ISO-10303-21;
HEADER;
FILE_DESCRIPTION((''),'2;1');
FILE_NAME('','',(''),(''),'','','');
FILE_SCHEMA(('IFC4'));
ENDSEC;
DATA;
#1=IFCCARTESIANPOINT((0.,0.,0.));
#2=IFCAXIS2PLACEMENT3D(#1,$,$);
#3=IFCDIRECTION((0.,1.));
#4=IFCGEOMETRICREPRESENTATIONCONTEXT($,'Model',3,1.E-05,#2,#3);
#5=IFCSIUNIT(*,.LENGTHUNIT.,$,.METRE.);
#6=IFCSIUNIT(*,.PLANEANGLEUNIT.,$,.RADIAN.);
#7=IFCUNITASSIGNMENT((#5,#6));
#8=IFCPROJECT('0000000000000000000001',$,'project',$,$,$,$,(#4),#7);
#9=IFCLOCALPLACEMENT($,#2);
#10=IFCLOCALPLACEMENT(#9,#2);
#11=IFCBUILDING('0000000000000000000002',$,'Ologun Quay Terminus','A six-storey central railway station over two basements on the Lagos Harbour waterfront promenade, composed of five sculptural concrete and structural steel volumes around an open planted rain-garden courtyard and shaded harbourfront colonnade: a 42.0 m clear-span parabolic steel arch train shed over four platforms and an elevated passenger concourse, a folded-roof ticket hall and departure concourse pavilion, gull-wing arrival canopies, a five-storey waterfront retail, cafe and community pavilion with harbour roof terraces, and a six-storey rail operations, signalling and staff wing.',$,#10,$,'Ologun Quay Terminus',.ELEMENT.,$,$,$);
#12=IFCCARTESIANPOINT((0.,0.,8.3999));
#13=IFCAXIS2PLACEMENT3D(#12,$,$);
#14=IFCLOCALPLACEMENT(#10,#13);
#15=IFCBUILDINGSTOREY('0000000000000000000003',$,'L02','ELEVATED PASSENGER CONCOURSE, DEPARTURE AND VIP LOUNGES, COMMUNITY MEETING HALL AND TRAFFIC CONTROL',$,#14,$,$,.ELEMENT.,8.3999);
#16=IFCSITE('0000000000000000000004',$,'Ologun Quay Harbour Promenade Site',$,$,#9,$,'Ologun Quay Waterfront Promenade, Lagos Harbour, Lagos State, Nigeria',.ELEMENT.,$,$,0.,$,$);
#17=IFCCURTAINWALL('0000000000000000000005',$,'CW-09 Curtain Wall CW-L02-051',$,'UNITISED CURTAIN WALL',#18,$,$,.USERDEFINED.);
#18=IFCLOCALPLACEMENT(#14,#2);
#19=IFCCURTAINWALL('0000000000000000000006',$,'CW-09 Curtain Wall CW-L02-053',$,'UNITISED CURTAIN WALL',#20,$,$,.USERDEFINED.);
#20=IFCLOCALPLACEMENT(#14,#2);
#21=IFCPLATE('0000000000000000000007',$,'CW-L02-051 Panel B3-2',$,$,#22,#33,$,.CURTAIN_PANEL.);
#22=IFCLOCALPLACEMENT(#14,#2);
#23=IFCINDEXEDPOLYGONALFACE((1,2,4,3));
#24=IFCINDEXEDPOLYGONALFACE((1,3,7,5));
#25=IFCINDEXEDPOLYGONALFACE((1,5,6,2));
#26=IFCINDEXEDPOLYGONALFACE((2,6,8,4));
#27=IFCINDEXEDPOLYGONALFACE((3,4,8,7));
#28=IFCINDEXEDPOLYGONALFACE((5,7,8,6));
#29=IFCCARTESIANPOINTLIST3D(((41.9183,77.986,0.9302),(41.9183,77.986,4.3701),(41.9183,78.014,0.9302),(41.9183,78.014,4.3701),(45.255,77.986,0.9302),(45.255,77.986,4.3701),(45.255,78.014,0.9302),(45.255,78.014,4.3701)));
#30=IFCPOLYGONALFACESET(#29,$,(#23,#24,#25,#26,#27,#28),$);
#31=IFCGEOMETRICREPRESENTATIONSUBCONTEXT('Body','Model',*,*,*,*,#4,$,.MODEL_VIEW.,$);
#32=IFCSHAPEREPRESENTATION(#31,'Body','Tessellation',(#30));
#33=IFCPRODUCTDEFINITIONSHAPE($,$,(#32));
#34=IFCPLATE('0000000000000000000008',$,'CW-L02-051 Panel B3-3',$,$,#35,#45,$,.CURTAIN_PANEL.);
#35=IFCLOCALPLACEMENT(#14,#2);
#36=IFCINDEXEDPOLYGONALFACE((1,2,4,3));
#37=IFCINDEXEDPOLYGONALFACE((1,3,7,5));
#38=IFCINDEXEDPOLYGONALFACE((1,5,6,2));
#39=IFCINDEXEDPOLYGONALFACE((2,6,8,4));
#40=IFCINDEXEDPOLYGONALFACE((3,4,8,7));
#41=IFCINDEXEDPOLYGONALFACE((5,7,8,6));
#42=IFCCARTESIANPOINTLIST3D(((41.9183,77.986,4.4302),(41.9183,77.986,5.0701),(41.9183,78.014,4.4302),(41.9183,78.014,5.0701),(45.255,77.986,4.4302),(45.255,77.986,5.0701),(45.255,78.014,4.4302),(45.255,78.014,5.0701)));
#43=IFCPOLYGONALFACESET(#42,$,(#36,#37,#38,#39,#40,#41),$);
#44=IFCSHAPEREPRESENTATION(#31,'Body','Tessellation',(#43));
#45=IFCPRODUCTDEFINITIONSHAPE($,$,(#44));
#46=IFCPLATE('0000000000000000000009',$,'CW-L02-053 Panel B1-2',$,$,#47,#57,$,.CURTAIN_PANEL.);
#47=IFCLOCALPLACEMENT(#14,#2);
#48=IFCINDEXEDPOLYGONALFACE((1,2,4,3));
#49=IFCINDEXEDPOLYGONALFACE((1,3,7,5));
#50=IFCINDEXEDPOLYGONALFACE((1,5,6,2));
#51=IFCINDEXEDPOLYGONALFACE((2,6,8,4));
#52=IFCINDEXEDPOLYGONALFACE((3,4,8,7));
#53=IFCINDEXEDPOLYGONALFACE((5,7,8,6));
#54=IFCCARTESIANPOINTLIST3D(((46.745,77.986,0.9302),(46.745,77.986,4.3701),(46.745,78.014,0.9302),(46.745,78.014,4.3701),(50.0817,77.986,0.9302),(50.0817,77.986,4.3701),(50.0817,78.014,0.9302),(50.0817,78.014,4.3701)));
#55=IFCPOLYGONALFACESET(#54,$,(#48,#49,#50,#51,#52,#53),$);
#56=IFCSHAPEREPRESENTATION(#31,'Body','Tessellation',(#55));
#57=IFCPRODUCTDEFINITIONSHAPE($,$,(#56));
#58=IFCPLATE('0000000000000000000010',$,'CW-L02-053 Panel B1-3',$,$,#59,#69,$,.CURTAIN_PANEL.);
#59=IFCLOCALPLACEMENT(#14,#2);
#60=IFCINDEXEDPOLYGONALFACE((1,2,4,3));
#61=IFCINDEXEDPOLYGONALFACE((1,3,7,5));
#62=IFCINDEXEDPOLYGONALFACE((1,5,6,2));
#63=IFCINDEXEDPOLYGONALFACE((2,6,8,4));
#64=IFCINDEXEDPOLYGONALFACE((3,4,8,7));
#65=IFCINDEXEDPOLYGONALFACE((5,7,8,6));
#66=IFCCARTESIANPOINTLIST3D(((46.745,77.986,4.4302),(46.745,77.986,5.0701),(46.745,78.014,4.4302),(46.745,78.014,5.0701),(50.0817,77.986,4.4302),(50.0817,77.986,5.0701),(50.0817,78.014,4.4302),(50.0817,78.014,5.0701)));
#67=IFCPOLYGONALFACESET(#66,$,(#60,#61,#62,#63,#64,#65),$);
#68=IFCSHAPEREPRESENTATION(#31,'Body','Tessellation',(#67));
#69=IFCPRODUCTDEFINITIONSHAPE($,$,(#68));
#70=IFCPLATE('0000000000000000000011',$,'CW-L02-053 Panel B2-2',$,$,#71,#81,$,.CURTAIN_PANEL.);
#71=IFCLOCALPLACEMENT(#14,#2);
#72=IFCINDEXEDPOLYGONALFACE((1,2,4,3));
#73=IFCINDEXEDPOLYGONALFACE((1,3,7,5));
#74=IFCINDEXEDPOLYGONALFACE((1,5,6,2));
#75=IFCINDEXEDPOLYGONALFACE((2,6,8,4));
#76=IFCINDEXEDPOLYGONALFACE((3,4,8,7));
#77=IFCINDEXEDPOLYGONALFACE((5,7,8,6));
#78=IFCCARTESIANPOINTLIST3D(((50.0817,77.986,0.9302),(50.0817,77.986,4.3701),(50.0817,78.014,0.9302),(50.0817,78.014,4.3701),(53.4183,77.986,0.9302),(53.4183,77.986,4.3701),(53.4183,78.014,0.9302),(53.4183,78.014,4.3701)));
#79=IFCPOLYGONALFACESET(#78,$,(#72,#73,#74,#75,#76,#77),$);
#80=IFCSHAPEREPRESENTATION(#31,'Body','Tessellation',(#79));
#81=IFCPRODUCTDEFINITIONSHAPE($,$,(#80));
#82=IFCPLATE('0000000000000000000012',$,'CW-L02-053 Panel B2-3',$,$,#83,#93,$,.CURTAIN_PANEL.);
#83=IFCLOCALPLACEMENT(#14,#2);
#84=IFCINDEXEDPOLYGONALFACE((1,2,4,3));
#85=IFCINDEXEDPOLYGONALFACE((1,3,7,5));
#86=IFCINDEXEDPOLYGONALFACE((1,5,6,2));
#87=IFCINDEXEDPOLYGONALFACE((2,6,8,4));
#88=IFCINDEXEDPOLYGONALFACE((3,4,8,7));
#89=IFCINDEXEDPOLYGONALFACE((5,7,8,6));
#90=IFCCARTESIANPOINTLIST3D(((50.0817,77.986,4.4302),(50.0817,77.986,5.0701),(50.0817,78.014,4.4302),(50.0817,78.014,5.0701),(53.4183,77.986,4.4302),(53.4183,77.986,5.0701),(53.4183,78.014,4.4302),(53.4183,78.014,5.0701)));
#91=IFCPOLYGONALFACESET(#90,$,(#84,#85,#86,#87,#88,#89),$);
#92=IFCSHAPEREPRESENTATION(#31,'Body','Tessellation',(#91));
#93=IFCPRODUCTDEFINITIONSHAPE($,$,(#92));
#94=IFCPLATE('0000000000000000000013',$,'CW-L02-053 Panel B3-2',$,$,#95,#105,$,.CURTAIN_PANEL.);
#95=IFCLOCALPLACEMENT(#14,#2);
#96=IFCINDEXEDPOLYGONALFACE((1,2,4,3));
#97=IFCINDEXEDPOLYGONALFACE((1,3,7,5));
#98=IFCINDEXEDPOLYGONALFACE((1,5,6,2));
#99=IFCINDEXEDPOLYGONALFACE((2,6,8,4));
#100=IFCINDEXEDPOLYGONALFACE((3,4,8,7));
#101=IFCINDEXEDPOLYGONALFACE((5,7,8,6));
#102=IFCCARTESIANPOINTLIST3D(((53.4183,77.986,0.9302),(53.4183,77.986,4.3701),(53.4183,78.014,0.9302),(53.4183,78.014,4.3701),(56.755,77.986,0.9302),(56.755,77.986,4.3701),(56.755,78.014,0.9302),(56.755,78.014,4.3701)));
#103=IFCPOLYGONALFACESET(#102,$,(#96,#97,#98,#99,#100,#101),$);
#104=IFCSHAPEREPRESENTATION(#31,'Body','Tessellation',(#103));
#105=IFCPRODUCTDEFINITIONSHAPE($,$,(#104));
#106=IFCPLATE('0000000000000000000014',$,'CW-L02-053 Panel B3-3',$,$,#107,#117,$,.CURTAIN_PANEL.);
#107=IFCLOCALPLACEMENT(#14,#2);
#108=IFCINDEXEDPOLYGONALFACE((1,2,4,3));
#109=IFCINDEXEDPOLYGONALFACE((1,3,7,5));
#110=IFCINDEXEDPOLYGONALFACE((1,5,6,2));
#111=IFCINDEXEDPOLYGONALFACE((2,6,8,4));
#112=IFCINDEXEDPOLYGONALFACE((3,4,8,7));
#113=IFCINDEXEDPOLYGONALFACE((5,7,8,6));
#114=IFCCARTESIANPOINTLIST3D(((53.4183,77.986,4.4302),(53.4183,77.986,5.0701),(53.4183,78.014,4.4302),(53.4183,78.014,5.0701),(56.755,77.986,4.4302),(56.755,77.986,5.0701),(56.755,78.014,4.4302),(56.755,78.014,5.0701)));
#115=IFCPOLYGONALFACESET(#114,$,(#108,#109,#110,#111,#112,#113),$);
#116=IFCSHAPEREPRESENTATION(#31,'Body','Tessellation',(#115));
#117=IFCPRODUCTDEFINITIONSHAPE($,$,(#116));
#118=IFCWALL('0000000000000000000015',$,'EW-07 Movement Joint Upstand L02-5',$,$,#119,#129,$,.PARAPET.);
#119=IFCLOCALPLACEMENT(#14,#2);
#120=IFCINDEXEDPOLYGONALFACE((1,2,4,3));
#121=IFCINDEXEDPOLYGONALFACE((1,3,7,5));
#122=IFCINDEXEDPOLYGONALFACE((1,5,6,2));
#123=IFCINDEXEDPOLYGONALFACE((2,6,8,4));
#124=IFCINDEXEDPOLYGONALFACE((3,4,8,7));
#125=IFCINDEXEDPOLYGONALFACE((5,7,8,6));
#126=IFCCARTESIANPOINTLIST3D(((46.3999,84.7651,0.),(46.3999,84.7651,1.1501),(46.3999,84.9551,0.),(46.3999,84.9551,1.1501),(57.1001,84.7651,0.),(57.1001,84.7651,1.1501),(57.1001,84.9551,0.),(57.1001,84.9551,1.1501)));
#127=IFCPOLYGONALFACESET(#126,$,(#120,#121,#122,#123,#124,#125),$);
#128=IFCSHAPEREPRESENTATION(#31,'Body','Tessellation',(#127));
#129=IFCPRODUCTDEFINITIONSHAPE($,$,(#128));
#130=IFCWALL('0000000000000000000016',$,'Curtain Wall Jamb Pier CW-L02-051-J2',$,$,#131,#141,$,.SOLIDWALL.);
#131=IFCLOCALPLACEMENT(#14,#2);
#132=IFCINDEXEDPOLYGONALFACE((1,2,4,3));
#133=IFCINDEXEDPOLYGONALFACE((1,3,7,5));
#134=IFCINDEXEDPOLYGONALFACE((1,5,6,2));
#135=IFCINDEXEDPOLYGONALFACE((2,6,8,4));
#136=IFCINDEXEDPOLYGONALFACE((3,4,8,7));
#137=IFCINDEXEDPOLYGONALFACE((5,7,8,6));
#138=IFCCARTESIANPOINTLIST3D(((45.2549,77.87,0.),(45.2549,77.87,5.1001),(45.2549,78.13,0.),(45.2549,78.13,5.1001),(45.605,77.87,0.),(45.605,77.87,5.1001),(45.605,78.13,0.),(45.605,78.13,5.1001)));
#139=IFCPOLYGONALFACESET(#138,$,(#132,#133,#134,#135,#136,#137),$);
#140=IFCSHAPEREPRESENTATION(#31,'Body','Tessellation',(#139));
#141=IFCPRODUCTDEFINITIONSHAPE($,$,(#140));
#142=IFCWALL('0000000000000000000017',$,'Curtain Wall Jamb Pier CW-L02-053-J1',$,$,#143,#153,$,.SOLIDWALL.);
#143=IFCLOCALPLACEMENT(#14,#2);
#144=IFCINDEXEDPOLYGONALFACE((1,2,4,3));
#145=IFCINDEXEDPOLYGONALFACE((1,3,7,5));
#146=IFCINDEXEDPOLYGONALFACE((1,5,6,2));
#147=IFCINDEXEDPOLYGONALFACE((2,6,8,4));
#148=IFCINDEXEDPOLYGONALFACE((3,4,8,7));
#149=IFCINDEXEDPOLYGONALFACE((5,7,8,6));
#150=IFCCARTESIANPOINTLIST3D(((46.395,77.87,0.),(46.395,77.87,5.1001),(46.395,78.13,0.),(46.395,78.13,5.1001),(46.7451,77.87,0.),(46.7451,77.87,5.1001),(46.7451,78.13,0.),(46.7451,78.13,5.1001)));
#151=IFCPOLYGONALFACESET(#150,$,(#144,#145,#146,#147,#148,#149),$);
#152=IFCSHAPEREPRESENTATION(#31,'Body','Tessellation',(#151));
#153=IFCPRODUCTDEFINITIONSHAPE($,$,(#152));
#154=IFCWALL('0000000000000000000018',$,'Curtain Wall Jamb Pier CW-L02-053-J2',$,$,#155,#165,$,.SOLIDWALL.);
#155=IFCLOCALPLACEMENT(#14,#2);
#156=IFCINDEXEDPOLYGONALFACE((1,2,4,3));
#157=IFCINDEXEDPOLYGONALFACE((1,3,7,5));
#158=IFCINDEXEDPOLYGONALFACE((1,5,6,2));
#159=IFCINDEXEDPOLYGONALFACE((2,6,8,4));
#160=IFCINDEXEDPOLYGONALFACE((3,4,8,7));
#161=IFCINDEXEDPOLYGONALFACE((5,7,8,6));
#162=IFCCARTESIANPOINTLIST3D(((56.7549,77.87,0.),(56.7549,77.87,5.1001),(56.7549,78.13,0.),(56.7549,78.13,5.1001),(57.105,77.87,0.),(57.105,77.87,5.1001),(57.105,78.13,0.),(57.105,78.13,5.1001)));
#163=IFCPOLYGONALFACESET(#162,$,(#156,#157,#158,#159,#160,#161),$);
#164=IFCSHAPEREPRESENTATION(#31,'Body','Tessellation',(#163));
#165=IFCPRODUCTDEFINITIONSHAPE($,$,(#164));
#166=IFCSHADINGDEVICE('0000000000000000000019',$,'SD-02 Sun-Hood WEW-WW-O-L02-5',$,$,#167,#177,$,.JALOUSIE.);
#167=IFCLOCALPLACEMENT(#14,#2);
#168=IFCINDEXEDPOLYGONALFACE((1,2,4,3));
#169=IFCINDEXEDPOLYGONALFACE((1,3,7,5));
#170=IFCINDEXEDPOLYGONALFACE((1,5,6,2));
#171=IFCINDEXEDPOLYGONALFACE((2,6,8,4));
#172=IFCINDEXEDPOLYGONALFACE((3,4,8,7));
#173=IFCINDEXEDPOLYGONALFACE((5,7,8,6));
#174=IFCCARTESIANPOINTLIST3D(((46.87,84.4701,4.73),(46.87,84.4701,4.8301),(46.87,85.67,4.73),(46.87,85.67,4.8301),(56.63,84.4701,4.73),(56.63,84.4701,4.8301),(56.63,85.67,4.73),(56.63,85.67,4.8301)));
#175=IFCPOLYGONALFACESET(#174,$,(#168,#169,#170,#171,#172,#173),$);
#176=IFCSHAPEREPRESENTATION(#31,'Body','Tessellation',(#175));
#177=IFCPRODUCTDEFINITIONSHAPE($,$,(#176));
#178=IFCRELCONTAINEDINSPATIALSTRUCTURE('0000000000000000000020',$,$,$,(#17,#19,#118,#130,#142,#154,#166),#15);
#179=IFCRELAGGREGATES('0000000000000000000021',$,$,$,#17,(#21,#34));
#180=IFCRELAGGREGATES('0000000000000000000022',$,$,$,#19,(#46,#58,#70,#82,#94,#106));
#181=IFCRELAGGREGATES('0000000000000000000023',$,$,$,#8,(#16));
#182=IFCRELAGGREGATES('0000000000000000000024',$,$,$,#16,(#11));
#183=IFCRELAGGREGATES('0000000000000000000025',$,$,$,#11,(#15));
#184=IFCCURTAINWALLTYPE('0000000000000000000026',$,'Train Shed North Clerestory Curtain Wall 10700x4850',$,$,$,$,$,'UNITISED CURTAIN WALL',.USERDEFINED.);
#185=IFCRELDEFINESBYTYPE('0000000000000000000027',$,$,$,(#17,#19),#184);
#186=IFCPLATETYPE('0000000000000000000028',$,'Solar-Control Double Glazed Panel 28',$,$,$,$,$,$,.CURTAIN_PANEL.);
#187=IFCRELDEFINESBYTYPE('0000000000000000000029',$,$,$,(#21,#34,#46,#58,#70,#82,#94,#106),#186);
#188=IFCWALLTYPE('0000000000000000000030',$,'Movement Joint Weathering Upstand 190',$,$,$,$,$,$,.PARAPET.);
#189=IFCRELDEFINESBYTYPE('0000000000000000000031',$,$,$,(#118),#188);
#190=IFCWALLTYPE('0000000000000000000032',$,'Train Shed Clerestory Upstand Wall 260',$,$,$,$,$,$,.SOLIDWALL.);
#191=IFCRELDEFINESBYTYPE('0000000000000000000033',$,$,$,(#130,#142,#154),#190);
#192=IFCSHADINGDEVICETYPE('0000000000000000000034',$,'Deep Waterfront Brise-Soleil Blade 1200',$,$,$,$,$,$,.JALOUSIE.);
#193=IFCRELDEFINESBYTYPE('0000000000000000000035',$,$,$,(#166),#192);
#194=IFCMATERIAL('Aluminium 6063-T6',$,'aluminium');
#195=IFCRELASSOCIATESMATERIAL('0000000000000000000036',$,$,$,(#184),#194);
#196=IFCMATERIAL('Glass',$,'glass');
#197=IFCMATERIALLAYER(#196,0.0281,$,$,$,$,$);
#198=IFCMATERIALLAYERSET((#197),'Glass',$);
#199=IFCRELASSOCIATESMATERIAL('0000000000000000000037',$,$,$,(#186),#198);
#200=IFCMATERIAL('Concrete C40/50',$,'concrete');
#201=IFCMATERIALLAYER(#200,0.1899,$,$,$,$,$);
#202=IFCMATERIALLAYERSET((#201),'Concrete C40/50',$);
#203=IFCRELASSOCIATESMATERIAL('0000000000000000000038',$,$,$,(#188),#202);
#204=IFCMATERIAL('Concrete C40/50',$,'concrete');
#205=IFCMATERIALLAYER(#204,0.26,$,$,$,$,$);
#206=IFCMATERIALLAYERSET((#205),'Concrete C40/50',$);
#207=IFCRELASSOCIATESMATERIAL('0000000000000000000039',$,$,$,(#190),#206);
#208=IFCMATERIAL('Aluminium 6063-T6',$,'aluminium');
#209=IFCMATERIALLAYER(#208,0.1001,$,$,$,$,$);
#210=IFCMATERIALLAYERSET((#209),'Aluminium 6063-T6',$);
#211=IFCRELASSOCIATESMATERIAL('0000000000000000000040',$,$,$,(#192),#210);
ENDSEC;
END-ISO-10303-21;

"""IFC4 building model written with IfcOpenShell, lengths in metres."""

from ifc_helpers import new_model, si_unit, direction, frame, frame_2d, origin, origin_2d, place, context, subcontext, project, spatial, rectangle, extrude, material, layer, layer_set, type_object, element, aggregate, save


model = new_model("IFC4")

# Units and contexts
model_context = context("Model", 3, precision=1e-05, world=origin(), true_north=direction((0.0, 1.0)))
body_context = subcontext(model_context, "Body", "Model", "MODEL_VIEW")
ifc_project = project(units=[si_unit("LENGTHUNIT", "METRE"), si_unit("PLANEANGLEUNIT", "RADIAN")], contexts=[model_context])

# Site, building, storey
site_placement = place(None, origin())
site = spatial("IfcSite", under=ifc_project, at=site_placement, Name="Ologun Quay Harbour Promenade Site", LongName="Ologun Quay Waterfront Promenade, Lagos Harbour, Lagos State, Nigeria", CompositionType="ELEMENT", RefElevation=0.0)
building_placement = place(site_placement, origin())
building = spatial("IfcBuilding", under=site, at=building_placement, Name="Ologun Quay Terminus", Description="A six-storey central railway station over two basements on the Lagos Harbour waterfront promenade, composed of five sculptural concrete and structural steel volumes around an open planted rain-garden courtyard and shaded harbourfront colonnade: a 42.0 m clear-span parabolic steel arch train shed over four platforms and an elevated passenger concourse, a folded-roof ticket hall and departure concourse pavilion, gull-wing arrival canopies, a five-storey waterfront retail, cafe and community pavilion with harbour roof terraces, and a six-storey rail operations, signalling and staff wing.", LongName="Ologun Quay Terminus", CompositionType="ELEMENT")
storey_placement = place(building_placement, frame((0.0, 0.0, 8.3999)))
storey = spatial("IfcBuildingStorey", under=building, at=storey_placement, Name="L02", Description="ELEVATED PASSENGER CONCOURSE, DEPARTURE AND VIP LOUNGES, COMMUNITY MEETING HALL AND TRAFFIC CONTROL", CompositionType="ELEMENT", Elevation=8.3999)

# Curtain wall
ifc_material_1 = material(Name="Aluminium 6063-T6", Category="aluminium")
curtain_wall_type = type_object("IfcCurtainWallType", Name="Train Shed North Clerestory Curtain Wall 10700x4850", ElementType="UNITISED CURTAIN WALL", PredefinedType="USERDEFINED", material=ifc_material_1)
curtain_wall_1_placement = place(storey_placement, origin())
curtain_wall_1 = element("IfcCurtainWall", 1, at=curtain_wall_1_placement, inside=storey, type_object=curtain_wall_type, Name="CW-09 Curtain Wall CW-L02-051", ObjectType="UNITISED CURTAIN WALL", PredefinedType="USERDEFINED")

# Curtain wall
curtain_wall_2_placement = place(storey_placement, origin())
curtain_wall_2 = element("IfcCurtainWall", 2, at=curtain_wall_2_placement, inside=storey, type_object=curtain_wall_type, Name="CW-09 Curtain Wall CW-L02-053", ObjectType="UNITISED CURTAIN WALL", PredefinedType="USERDEFINED")

# Plates
ifc_material_2 = material(Name="Glass", Category="glass")
ifc_layer_1 = layer(ifc_material_2, 0.0281)
ifc_layer_set_1 = layer_set([ifc_layer_1], Name="Glass")
plate_type_1 = type_object("IfcPlateType", Name="Solar-Control Double Glazed Panel 28", PredefinedType="CURTAIN_PANEL", material=ifc_layer_set_1)
plate_1_placement = place(storey_placement, frame((43.5867, 78.0, 0.9302), z_axis=(0.0, 0.0, 1.0), x_axis=(1.0, 0.0, 0.0)))
plate_1 = element("IfcPlate", 3, at=plate_1_placement, type_object=plate_type_1, Name="CW-L02-051 Panel B3-2", PredefinedType="CURTAIN_PANEL", context=body_context, shape_type="SweptSolid", body=[
    extrude(rectangle(XDim=3.3367, YDim=0.0281, at=origin_2d()), origin(), (0.0, 0.0, 1.0), 3.4399),
])
plate_2_placement = place(storey_placement, frame((43.5867, 78.0, 4.4302), z_axis=(0.0, 0.0, 1.0), x_axis=(1.0, 0.0, 0.0)))
plate_2 = element("IfcPlate", 4, at=plate_2_placement, type_object=plate_type_1, Name="CW-L02-051 Panel B3-3", PredefinedType="CURTAIN_PANEL", context=body_context, shape_type="SweptSolid", body=[
    extrude(rectangle(XDim=3.3367, YDim=0.0281, at=origin_2d()), origin(), (0.0, 0.0, 1.0), 0.6399),
])
aggregate(curtain_wall_1, [plate_1, plate_2])
plate_3_placement = place(storey_placement, frame((48.4133, 78.0, 0.9302), z_axis=(0.0, 0.0, 1.0), x_axis=(1.0, 0.0, 0.0)))
plate_3 = element("IfcPlate", 5, at=plate_3_placement, type_object=plate_type_1, Name="CW-L02-053 Panel B1-2", PredefinedType="CURTAIN_PANEL", context=body_context, shape_type="SweptSolid", body=[
    extrude(rectangle(XDim=3.3367, YDim=0.0281, at=origin_2d()), origin(), (0.0, 0.0, 1.0), 3.4399),
])
plate_4_placement = place(storey_placement, frame((48.4133, 78.0, 4.4302), z_axis=(0.0, 0.0, 1.0), x_axis=(1.0, 0.0, 0.0)))
plate_4 = element("IfcPlate", 6, at=plate_4_placement, type_object=plate_type_1, Name="CW-L02-053 Panel B1-3", PredefinedType="CURTAIN_PANEL", context=body_context, shape_type="SweptSolid", body=[
    extrude(rectangle(XDim=3.3367, YDim=0.0281, at=origin_2d()), origin(), (0.0, 0.0, 1.0), 0.6399),
])
plate_5_placement = place(storey_placement, frame((51.75, 78.0, 0.9302), z_axis=(0.0, 0.0, 1.0), x_axis=(1.0, 0.0, 0.0)))
plate_5 = element("IfcPlate", 7, at=plate_5_placement, type_object=plate_type_1, Name="CW-L02-053 Panel B2-2", PredefinedType="CURTAIN_PANEL", context=body_context, shape_type="SweptSolid", body=[
    extrude(rectangle(XDim=3.3367, YDim=0.0281, at=origin_2d()), origin(), (0.0, 0.0, 1.0), 3.4399),
])
plate_6_placement = place(storey_placement, frame((51.75, 78.0, 4.4302), z_axis=(0.0, 0.0, 1.0), x_axis=(1.0, 0.0, 0.0)))
plate_6 = element("IfcPlate", 8, at=plate_6_placement, type_object=plate_type_1, Name="CW-L02-053 Panel B2-3", PredefinedType="CURTAIN_PANEL", context=body_context, shape_type="SweptSolid", body=[
    extrude(rectangle(XDim=3.3367, YDim=0.0281, at=origin_2d()), origin(), (0.0, 0.0, 1.0), 0.6399),
])
plate_7_placement = place(storey_placement, frame((55.0867, 78.0, 0.9302), z_axis=(0.0, 0.0, 1.0), x_axis=(1.0, 0.0, 0.0)))
plate_7 = element("IfcPlate", 9, at=plate_7_placement, type_object=plate_type_1, Name="CW-L02-053 Panel B3-2", PredefinedType="CURTAIN_PANEL", context=body_context, shape_type="SweptSolid", body=[
    extrude(rectangle(XDim=3.3367, YDim=0.0281, at=origin_2d()), origin(), (0.0, 0.0, 1.0), 3.4399),
])
plate_8_placement = place(storey_placement, frame((55.0867, 78.0, 4.4302), z_axis=(0.0, 0.0, 1.0), x_axis=(1.0, 0.0, 0.0)))
plate_8 = element("IfcPlate", 10, at=plate_8_placement, type_object=plate_type_1, Name="CW-L02-053 Panel B3-3", PredefinedType="CURTAIN_PANEL", context=body_context, shape_type="SweptSolid", body=[
    extrude(rectangle(XDim=3.3367, YDim=0.0281, at=origin_2d()), origin(), (0.0, 0.0, 1.0), 0.6399),
])
aggregate(curtain_wall_2, [plate_3, plate_4, plate_5, plate_6, plate_7, plate_8])

# Walls
ifc_material_3 = material(Name="Concrete C40/50", Category="concrete")
ifc_layer_2 = layer(ifc_material_3, 0.1899)
ifc_layer_set_2 = layer_set([ifc_layer_2], Name="Concrete C40/50")
wall_type_1 = type_object("IfcWallType", Name="Movement Joint Weathering Upstand 190", PredefinedType="PARAPET", material=ifc_layer_set_2)
wall_placement = place(storey_placement, frame((46.3999, 84.8601, 0.0), z_axis=(0.0, 0.0, 1.0), x_axis=(1.0, 0.0, 0.0)))
element("IfcWall", 11, at=wall_placement, inside=storey, type_object=wall_type_1, Name="EW-07 Movement Joint Upstand L02-5", PredefinedType="PARAPET", context=body_context, shape_type="SweptSolid", body=[
    extrude(rectangle(XDim=10.7002, YDim=0.1899, at=frame_2d((5.3501, 0.0))), origin(), (0.0, 0.0, 1.0), 1.1501),
])
ifc_material_4 = material(Name="Concrete C40/50", Category="concrete")
ifc_layer_3 = layer(ifc_material_4, 0.26)
ifc_layer_set_3 = layer_set([ifc_layer_3], Name="Concrete C40/50")
wall_type_2 = type_object("IfcWallType", Name="Train Shed Clerestory Upstand Wall 260", PredefinedType="SOLIDWALL", material=ifc_layer_set_3)
for number, where, z_axis, x_axis, name in (
    (12, (45.2549, 78.0, 0.0), (0.0, 0.0, 1.0), (1.0, 0.0, 0.0), "Curtain Wall Jamb Pier CW-L02-051-J2"),
    (13, (46.395, 78.0, 0.0), (0.0, 0.0, 1.0), (1.0, 0.0, 0.0), "Curtain Wall Jamb Pier CW-L02-053-J1"),
    (14, (56.7549, 78.0, 0.0), (0.0, 0.0, 1.0), (1.0, 0.0, 0.0), "Curtain Wall Jamb Pier CW-L02-053-J2"),
):
    element("IfcWall", number, at=place(storey_placement, frame(where, z_axis=z_axis, x_axis=x_axis)), inside=storey, type_object=wall_type_2, Name=name, PredefinedType="SOLIDWALL", context=body_context, shape_type="SweptSolid", body=[
        extrude(rectangle(XDim=0.3501, YDim=0.26, at=frame_2d((0.175, 0.0))), origin(), (0.0, 0.0, 1.0), 5.1001),
    ])

# Shading device
ifc_material_5 = material(Name="Aluminium 6063-T6", Category="aluminium")
ifc_layer_4 = layer(ifc_material_5, 0.1001)
ifc_layer_set_4 = layer_set([ifc_layer_4], Name="Aluminium 6063-T6")
shading_device_type = type_object("IfcShadingDeviceType", Name="Deep Waterfront Brise-Soleil Blade 1200", PredefinedType="JALOUSIE", material=ifc_layer_set_4)
shading_device_placement = place(storey_placement, frame((51.75, 85.0701, 4.73), z_axis=(0.0, 0.0, 1.0), x_axis=(1.0, 0.0, 0.0)))
element("IfcShadingDevice", 15, at=shading_device_placement, inside=storey, type_object=shading_device_type, Name="SD-02 Sun-Hood WEW-WW-O-L02-5", PredefinedType="JALOUSIE", context=body_context, shape_type="SweptSolid", body=[
    extrude(rectangle(XDim=9.76, YDim=1.2, at=origin_2d()), origin(), (0.0, 0.0, 1.0), 0.1001),
])

save(model, "model.ifc")
